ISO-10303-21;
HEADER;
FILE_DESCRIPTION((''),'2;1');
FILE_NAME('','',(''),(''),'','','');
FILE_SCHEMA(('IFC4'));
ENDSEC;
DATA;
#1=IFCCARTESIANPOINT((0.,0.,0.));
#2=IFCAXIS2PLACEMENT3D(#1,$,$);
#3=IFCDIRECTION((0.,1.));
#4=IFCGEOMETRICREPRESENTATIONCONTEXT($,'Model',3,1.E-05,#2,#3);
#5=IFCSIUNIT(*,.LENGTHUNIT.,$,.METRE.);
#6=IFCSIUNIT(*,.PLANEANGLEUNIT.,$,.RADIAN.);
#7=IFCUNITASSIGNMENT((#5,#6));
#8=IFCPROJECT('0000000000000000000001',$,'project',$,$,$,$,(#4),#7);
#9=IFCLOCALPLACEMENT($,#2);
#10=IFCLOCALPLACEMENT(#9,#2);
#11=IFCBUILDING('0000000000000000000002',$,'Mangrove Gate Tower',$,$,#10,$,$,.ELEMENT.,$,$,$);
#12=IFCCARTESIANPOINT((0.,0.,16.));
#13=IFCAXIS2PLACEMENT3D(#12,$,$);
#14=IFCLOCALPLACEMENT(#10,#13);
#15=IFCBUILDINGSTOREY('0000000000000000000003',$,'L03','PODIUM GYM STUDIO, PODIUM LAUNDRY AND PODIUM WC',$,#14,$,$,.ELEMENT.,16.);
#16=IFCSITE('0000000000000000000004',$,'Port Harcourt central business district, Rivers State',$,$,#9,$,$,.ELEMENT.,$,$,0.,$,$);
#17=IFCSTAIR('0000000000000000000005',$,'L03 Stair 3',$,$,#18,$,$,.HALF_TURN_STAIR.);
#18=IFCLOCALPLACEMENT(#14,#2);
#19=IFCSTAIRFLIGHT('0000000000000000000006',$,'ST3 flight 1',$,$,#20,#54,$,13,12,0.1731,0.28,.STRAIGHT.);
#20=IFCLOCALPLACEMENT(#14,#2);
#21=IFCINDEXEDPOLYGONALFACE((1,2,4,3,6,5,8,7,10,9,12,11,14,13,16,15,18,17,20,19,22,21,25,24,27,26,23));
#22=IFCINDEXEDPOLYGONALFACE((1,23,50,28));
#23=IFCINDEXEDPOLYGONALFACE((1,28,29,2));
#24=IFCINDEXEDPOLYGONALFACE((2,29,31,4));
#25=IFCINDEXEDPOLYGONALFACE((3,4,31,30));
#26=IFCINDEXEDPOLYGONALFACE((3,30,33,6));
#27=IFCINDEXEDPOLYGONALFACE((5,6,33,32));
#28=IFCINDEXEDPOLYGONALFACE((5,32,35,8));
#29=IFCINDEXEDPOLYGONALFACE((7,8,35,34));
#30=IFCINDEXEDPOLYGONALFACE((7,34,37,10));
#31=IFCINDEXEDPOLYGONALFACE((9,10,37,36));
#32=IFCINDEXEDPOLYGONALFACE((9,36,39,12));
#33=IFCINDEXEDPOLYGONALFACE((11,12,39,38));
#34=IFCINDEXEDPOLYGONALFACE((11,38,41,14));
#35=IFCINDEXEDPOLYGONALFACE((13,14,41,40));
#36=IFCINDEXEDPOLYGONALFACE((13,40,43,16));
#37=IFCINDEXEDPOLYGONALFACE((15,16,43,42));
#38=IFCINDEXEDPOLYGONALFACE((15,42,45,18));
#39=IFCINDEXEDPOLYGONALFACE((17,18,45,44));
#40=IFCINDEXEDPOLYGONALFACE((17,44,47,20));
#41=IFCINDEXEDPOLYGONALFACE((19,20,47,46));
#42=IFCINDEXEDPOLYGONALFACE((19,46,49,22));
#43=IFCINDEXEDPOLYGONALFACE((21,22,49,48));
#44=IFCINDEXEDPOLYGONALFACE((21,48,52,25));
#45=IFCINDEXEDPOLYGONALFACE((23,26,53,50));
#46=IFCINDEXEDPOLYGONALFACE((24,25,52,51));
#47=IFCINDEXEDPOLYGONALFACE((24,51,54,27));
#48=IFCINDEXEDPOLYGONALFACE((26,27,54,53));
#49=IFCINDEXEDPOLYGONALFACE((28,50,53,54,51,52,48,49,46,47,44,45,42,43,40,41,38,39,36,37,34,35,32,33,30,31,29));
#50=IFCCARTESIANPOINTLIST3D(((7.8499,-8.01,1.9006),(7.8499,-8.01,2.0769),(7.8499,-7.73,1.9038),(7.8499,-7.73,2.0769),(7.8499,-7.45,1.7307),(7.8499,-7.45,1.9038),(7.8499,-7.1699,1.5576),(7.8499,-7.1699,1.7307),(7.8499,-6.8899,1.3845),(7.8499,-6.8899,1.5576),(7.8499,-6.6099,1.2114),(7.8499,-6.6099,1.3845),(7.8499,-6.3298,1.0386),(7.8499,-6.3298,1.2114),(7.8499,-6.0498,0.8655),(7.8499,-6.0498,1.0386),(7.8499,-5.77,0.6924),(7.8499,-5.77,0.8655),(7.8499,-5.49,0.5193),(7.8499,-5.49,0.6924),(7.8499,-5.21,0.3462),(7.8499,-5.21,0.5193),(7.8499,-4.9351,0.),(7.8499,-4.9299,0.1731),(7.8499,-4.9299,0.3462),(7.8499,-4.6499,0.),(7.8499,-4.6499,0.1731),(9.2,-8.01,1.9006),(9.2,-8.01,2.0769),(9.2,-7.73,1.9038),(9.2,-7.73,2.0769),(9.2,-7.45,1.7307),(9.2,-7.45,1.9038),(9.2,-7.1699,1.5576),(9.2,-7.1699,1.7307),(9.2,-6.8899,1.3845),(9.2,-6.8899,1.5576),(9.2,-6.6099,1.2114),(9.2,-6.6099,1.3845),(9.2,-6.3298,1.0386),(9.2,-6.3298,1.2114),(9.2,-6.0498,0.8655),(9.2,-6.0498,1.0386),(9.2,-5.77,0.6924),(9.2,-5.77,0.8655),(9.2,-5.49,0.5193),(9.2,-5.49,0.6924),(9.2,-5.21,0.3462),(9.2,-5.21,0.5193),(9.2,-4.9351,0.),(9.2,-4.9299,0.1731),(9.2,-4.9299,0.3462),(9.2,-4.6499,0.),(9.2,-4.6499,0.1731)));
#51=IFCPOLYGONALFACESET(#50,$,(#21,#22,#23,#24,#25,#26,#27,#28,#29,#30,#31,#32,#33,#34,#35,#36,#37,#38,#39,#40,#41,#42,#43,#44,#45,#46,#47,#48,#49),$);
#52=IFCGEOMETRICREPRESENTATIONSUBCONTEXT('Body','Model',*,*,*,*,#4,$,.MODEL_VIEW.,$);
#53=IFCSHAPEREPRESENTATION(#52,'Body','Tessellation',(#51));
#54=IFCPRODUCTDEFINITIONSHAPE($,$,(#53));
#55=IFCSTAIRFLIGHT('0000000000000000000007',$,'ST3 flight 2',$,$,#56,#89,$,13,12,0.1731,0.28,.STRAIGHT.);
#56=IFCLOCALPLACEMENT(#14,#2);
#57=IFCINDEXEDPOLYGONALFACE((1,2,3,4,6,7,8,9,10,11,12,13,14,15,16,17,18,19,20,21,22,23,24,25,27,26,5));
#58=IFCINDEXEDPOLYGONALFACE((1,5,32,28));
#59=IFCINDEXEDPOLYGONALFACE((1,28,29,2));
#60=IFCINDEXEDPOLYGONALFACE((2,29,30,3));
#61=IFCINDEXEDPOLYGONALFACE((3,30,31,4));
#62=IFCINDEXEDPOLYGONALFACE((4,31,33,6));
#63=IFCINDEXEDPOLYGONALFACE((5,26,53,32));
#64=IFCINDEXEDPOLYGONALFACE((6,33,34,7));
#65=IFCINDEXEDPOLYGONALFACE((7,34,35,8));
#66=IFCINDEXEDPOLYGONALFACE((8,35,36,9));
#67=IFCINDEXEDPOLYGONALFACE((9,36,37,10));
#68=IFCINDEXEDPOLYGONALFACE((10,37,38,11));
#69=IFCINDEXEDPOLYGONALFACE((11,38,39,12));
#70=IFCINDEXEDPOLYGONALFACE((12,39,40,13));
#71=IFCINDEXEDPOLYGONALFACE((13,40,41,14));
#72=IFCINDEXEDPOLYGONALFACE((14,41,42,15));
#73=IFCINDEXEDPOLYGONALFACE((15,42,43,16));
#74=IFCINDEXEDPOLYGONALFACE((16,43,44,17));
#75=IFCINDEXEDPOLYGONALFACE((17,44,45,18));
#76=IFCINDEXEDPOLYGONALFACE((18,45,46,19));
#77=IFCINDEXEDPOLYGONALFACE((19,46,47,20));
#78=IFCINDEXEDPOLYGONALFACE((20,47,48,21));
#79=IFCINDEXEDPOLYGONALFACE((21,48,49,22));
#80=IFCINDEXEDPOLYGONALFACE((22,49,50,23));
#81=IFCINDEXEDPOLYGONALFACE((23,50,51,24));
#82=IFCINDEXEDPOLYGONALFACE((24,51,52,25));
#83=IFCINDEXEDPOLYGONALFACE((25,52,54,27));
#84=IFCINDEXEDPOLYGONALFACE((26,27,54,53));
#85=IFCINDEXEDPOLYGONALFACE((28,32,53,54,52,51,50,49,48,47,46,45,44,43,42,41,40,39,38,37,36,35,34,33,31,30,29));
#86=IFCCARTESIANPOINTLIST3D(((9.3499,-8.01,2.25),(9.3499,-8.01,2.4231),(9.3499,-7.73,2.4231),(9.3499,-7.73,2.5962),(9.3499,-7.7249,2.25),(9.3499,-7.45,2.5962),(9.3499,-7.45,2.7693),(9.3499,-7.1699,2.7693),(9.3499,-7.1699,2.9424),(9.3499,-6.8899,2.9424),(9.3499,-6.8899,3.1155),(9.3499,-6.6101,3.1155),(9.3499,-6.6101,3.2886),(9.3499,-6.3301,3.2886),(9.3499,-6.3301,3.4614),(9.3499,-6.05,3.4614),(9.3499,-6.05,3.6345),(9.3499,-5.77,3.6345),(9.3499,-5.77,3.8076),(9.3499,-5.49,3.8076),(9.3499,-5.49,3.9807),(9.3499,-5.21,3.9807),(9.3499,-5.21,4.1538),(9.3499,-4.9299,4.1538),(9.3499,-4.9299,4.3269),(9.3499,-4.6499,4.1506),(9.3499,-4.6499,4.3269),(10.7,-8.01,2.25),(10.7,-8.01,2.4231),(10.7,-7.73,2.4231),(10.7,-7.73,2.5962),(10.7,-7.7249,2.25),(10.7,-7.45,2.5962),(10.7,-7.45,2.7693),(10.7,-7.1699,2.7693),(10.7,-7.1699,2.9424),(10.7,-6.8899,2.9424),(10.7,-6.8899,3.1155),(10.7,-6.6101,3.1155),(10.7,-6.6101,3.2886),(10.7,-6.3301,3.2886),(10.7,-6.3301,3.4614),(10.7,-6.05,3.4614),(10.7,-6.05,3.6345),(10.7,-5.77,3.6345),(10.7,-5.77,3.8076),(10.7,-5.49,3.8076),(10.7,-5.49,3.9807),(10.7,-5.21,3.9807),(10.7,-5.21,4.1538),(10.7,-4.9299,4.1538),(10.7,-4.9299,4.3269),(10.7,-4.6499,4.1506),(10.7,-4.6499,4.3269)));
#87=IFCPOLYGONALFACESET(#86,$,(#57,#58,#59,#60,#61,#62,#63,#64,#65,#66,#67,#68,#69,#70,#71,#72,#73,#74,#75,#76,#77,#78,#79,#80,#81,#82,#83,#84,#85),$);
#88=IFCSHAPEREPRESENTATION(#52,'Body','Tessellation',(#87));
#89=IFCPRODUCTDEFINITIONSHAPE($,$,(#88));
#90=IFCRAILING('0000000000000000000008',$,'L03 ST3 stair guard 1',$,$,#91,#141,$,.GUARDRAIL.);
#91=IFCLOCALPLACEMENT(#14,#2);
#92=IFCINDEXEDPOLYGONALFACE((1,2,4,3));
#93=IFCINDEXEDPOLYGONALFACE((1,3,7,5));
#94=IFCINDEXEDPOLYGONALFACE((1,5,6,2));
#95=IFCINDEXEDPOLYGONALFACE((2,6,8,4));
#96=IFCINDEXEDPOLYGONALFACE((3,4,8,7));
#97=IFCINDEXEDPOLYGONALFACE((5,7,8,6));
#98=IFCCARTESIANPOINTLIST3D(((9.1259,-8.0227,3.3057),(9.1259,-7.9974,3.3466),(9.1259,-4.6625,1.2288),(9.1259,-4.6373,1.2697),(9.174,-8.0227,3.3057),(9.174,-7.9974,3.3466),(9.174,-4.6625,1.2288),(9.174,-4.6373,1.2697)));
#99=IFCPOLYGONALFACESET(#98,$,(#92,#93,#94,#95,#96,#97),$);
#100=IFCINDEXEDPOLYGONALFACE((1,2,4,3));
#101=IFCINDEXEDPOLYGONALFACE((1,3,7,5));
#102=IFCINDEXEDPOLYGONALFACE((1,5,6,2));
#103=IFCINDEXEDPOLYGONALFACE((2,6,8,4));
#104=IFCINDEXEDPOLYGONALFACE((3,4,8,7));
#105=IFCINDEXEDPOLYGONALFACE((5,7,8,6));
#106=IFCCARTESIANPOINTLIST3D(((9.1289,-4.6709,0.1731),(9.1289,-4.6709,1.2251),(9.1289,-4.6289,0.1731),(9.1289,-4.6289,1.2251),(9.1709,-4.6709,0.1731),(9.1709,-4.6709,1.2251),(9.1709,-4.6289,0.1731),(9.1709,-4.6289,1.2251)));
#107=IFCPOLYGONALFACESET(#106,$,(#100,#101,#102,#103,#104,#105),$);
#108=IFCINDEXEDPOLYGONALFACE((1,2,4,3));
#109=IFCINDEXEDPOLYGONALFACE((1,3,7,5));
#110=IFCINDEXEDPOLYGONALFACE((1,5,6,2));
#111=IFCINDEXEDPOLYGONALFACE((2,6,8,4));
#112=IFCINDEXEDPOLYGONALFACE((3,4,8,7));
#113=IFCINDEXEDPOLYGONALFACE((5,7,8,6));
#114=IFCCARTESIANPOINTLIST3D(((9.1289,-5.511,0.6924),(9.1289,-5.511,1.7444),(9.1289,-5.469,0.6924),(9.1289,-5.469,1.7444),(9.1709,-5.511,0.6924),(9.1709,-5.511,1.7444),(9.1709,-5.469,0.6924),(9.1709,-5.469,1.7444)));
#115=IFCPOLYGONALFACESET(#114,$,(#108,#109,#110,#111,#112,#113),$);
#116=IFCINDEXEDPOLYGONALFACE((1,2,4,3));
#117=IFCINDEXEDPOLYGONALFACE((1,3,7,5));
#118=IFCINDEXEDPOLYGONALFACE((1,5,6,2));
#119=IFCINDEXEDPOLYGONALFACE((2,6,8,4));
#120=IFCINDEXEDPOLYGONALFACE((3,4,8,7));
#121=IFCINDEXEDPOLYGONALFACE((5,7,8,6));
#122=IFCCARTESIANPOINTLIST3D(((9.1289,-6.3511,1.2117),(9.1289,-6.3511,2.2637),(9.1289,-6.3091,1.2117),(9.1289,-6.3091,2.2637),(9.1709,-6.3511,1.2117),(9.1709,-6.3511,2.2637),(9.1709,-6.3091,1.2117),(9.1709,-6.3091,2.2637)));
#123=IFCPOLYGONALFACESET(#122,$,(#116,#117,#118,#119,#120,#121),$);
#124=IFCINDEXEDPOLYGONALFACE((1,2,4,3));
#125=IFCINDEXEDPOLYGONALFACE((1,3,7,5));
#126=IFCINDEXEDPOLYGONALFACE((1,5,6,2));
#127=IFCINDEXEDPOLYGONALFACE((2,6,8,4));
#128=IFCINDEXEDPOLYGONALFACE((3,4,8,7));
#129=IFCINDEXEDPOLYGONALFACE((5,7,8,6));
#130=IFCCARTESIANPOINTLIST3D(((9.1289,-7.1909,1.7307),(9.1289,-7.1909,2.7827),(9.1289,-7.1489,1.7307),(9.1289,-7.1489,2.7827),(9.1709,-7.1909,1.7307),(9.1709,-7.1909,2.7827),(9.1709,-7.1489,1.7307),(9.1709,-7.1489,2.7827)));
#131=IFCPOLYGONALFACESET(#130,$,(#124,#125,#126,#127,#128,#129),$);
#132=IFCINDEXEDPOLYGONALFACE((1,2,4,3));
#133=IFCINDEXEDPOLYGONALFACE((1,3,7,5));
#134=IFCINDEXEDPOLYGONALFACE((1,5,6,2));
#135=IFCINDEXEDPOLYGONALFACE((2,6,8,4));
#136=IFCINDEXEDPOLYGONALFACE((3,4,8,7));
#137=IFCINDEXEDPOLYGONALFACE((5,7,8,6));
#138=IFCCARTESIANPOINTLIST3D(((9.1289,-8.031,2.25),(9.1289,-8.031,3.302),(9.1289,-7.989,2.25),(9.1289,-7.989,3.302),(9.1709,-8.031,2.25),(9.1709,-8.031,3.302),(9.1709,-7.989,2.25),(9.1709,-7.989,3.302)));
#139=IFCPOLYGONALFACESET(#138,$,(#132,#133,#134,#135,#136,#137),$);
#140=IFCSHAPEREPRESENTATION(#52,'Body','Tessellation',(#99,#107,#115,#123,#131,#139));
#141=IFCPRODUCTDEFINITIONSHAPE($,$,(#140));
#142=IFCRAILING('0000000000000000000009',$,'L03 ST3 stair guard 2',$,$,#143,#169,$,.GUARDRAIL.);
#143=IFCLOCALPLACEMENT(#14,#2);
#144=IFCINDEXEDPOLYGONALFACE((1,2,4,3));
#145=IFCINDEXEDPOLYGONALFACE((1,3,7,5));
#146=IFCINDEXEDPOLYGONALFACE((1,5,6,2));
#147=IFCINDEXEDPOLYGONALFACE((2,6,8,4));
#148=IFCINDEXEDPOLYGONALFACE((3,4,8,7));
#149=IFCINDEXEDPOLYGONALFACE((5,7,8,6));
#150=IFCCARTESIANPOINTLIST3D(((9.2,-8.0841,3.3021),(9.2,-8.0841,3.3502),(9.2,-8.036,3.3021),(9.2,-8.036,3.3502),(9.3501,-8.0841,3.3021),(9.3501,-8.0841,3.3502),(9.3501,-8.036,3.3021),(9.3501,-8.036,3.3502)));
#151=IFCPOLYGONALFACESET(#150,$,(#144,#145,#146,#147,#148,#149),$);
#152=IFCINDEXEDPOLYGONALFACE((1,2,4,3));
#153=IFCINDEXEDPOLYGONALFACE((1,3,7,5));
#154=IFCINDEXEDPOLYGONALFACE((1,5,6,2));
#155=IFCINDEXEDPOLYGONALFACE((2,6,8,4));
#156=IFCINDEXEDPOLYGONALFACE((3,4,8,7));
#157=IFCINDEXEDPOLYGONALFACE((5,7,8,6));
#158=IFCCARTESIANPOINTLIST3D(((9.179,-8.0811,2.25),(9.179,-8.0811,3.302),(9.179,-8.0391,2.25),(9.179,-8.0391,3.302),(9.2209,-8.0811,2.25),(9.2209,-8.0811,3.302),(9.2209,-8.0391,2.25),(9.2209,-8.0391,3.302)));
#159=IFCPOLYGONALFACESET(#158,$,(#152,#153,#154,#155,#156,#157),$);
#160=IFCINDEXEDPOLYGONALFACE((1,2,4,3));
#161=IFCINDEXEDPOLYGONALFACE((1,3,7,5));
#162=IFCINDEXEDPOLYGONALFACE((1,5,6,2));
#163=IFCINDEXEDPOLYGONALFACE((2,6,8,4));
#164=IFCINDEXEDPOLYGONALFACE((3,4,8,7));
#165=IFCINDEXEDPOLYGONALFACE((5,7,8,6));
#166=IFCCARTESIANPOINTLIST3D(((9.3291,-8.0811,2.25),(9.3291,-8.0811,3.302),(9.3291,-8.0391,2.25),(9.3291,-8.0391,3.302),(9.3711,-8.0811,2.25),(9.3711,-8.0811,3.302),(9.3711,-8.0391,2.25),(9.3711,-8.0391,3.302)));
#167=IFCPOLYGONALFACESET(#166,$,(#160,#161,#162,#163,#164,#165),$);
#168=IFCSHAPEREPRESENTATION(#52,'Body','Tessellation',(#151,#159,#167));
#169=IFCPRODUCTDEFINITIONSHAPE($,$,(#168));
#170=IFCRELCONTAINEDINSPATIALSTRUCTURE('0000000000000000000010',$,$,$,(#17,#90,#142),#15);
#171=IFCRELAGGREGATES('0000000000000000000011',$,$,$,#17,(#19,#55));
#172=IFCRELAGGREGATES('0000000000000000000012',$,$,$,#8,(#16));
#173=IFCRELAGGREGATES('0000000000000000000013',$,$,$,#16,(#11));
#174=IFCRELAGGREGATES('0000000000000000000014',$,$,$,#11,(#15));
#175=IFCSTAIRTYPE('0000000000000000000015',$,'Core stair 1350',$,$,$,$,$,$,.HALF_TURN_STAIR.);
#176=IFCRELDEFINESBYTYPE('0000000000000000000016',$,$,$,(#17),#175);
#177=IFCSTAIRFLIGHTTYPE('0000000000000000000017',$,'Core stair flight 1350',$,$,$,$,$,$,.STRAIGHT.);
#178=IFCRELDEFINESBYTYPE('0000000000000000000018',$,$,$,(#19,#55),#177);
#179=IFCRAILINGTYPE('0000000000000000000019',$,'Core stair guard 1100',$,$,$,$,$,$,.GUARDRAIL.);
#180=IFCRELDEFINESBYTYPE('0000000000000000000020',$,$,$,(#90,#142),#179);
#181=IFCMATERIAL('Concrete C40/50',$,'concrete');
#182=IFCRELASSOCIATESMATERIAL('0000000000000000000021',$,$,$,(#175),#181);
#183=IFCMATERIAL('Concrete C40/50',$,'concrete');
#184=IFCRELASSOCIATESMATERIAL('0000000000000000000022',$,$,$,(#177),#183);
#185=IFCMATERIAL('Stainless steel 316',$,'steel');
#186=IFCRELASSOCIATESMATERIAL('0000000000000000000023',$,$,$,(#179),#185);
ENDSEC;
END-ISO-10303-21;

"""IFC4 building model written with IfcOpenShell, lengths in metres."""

from ifc_helpers import new_model, si_unit, direction, frame, origin, origin_2d, place, context, subcontext, project, spatial, polyline, rectangle, outline, extrude, material, type_object, element, aggregate, save


model = new_model("IFC4")

# Units and contexts
model_context = context("Model", 3, precision=1e-05, world=origin(), true_north=direction((0.0, 1.0)))
body_context = subcontext(model_context, "Body", "Model", "MODEL_VIEW")
ifc_project = project(units=[si_unit("LENGTHUNIT", "METRE"), si_unit("PLANEANGLEUNIT", "RADIAN")], contexts=[model_context])

# Site, building, storey
site_placement = place(None, origin())
site = spatial("IfcSite", under=ifc_project, at=site_placement, Name="Port Harcourt central business district, Rivers State", CompositionType="ELEMENT", RefElevation=0.0)
building_placement = place(site_placement, origin())
building = spatial("IfcBuilding", under=site, at=building_placement, Name="Mangrove Gate Tower", CompositionType="ELEMENT")
storey_placement = place(building_placement, frame((0.0, 0.0, 16.0)))
storey = spatial("IfcBuildingStorey", under=building, at=storey_placement, Name="L03", Description="PODIUM GYM STUDIO, PODIUM LAUNDRY AND PODIUM WC", CompositionType="ELEMENT", Elevation=16.0)

# Stair, stair flights
ifc_material_1 = material(Name="Concrete C40/50", Category="concrete")
stair_type = type_object("IfcStairType", Name="Core stair 1350", PredefinedType="HALF_TURN_STAIR", material=ifc_material_1)
stair_placement = place(storey_placement, origin())
stair = element("IfcStair", 1, at=stair_placement, inside=storey, type_object=stair_type, Name="L03 Stair 3", PredefinedType="HALF_TURN_STAIR")
ifc_material_2 = material(Name="Concrete C40/50", Category="concrete")
stair_flight_type = type_object("IfcStairFlightType", Name="Core stair flight 1350", PredefinedType="STRAIGHT", material=ifc_material_2)
stair_flight_1_placement = place(storey_placement, frame((8.5249, -4.6499, 0.0), z_axis=(0.0, 0.0, 1.0), x_axis=(0.0, -1.0, 0.0)))
stair_flight_1 = element("IfcStairFlight", 2, at=stair_flight_1_placement, type_object=stair_flight_type, Name="ST3 flight 1", NumberOfRisers=13, NumberOfTreads=12, PredefinedType="STRAIGHT", RiserHeight=0.1731, TreadLength=0.28, context=body_context, shape_type="SweptSolid", body=[
    extrude(outline(polyline([(0.0, 0.0), (0.0, 0.1731), (0.28, 0.1731), (0.28, 0.3462), (0.5601, 0.3462), (0.5601, 0.5193), (0.8401, 0.5193), (0.8401, 0.6924), (1.1201, 0.6924), (1.1201, 0.8655), (1.3999, 0.8655), (1.3999, 1.0386), (1.6799, 1.0386), (1.6799, 1.2114), (1.96, 1.2114), (1.96, 1.3845), (2.24, 1.3845), (2.24, 1.5576), (2.52, 1.5576), (2.52, 1.7307), (2.8, 1.7307), (2.8, 1.9038), (3.0801, 1.9038), (3.0801, 2.0769), (3.3601, 2.0769), (3.3601, 2.25), (3.3601, 1.9006), (0.2852, 0.0), (0.0, 0.0)])), frame((0.0, 0.675, 0.0), z_axis=(0.0, -1.0, 0.0), x_axis=(1.0, 0.0, 0.0)), (0.0, 0.0, 1.0), 1.3501),
])
stair_flight_2_placement = place(storey_placement, frame((10.0249, -8.01, 2.25), z_axis=(0.0, 0.0, 1.0), x_axis=(0.0, 1.0, 0.0)))
stair_flight_2 = element("IfcStairFlight", 3, at=stair_flight_2_placement, type_object=stair_flight_type, Name="ST3 flight 2", NumberOfRisers=13, NumberOfTreads=12, PredefinedType="STRAIGHT", RiserHeight=0.1731, TreadLength=0.28, context=body_context, shape_type="SweptSolid", body=[
    extrude(outline(polyline([(0.0, 0.0), (0.0, 0.1731), (0.28, 0.1731), (0.28, 0.3462), (0.5601, 0.3462), (0.5601, 0.5193), (0.8401, 0.5193), (0.8401, 0.6924), (1.1201, 0.6924), (1.1201, 0.8655), (1.3999, 0.8655), (1.3999, 1.0386), (1.6799, 1.0386), (1.6799, 1.2114), (1.96, 1.2114), (1.96, 1.3845), (2.24, 1.3845), (2.24, 1.5576), (2.52, 1.5576), (2.52, 1.7307), (2.8, 1.7307), (2.8, 1.9038), (3.0801, 1.9038), (3.0801, 2.0769), (3.3601, 2.0769), (3.3601, 2.25), (3.3601, 1.9006), (0.2852, 0.0), (0.0, 0.0)])), frame((0.0, 0.675, 0.0), z_axis=(0.0, -1.0, 0.0), x_axis=(1.0, 0.0, 0.0)), (0.0, 0.0, 1.0), 1.3501),
])
aggregate(stair, [stair_flight_1, stair_flight_2])

# Railings
ifc_material_3 = material(Name="Stainless steel 316", Category="steel")
railing_type_1 = type_object("IfcRailingType", Name="Core stair guard 1100", PredefinedType="GUARDRAIL", material=ifc_material_3)
railing_1_placement = place(storey_placement, frame((9.1499, -4.6499, 0.1731)))
element("IfcRailing", 4, at=railing_1_placement, inside=storey, type_object=railing_type_1, Name="L03 ST3 stair guard 1", PredefinedType="GUARDRAIL", context=body_context, shape_type="SweptSolid", body=[
    extrude(rectangle(XDim=0.0481, YDim=0.0481, at=origin_2d()), frame((0.0, 0.0, 1.0762), z_axis=(0.0, -0.850623, 0.525776), x_axis=(1.0, 0.0, 0.0)), (0.0, 0.0, 1.0), 3.9502),
    extrude(rectangle(XDim=0.042, YDim=0.042, at=origin_2d()), origin(), (0.0, 0.0, 1.0), 1.052),
    extrude(rectangle(XDim=0.042, YDim=0.042, at=origin_2d()), frame((0.0, -0.8401, 0.5193)), (0.0, 0.0, 1.0), 1.052),
    extrude(rectangle(XDim=0.042, YDim=0.042, at=origin_2d()), frame((0.0, -1.6802, 1.0386)), (0.0, 0.0, 1.0), 1.052),
    extrude(rectangle(XDim=0.042, YDim=0.042, at=origin_2d()), frame((0.0, -2.52, 1.5576)), (0.0, 0.0, 1.0), 1.052),
    extrude(rectangle(XDim=0.042, YDim=0.042, at=origin_2d()), frame((0.0, -3.3601, 2.0769)), (0.0, 0.0, 1.0), 1.052),
])
railing_2_placement = place(storey_placement, frame((9.2, -8.0601, 2.25)))
element("IfcRailing", 5, at=railing_2_placement, inside=storey, type_object=railing_type_1, Name="L03 ST3 stair guard 2", PredefinedType="GUARDRAIL", context=body_context, shape_type="SweptSolid", body=[
    extrude(rectangle(XDim=0.0481, YDim=0.0481, at=origin_2d()), frame((0.0, 0.0, 1.0762), z_axis=(1.0, 0.0, 0.0), x_axis=(0.0, 1.0, 0.0)), (0.0, 0.0, 1.0), 0.1501),
    extrude(rectangle(XDim=0.042, YDim=0.042, at=origin_2d()), origin(), (0.0, 0.0, 1.0), 1.052),
    extrude(rectangle(XDim=0.042, YDim=0.042, at=origin_2d()), frame((0.1501, 0.0, 0.0)), (0.0, 0.0, 1.0), 1.052),
])

save(model, "model.ifc")
